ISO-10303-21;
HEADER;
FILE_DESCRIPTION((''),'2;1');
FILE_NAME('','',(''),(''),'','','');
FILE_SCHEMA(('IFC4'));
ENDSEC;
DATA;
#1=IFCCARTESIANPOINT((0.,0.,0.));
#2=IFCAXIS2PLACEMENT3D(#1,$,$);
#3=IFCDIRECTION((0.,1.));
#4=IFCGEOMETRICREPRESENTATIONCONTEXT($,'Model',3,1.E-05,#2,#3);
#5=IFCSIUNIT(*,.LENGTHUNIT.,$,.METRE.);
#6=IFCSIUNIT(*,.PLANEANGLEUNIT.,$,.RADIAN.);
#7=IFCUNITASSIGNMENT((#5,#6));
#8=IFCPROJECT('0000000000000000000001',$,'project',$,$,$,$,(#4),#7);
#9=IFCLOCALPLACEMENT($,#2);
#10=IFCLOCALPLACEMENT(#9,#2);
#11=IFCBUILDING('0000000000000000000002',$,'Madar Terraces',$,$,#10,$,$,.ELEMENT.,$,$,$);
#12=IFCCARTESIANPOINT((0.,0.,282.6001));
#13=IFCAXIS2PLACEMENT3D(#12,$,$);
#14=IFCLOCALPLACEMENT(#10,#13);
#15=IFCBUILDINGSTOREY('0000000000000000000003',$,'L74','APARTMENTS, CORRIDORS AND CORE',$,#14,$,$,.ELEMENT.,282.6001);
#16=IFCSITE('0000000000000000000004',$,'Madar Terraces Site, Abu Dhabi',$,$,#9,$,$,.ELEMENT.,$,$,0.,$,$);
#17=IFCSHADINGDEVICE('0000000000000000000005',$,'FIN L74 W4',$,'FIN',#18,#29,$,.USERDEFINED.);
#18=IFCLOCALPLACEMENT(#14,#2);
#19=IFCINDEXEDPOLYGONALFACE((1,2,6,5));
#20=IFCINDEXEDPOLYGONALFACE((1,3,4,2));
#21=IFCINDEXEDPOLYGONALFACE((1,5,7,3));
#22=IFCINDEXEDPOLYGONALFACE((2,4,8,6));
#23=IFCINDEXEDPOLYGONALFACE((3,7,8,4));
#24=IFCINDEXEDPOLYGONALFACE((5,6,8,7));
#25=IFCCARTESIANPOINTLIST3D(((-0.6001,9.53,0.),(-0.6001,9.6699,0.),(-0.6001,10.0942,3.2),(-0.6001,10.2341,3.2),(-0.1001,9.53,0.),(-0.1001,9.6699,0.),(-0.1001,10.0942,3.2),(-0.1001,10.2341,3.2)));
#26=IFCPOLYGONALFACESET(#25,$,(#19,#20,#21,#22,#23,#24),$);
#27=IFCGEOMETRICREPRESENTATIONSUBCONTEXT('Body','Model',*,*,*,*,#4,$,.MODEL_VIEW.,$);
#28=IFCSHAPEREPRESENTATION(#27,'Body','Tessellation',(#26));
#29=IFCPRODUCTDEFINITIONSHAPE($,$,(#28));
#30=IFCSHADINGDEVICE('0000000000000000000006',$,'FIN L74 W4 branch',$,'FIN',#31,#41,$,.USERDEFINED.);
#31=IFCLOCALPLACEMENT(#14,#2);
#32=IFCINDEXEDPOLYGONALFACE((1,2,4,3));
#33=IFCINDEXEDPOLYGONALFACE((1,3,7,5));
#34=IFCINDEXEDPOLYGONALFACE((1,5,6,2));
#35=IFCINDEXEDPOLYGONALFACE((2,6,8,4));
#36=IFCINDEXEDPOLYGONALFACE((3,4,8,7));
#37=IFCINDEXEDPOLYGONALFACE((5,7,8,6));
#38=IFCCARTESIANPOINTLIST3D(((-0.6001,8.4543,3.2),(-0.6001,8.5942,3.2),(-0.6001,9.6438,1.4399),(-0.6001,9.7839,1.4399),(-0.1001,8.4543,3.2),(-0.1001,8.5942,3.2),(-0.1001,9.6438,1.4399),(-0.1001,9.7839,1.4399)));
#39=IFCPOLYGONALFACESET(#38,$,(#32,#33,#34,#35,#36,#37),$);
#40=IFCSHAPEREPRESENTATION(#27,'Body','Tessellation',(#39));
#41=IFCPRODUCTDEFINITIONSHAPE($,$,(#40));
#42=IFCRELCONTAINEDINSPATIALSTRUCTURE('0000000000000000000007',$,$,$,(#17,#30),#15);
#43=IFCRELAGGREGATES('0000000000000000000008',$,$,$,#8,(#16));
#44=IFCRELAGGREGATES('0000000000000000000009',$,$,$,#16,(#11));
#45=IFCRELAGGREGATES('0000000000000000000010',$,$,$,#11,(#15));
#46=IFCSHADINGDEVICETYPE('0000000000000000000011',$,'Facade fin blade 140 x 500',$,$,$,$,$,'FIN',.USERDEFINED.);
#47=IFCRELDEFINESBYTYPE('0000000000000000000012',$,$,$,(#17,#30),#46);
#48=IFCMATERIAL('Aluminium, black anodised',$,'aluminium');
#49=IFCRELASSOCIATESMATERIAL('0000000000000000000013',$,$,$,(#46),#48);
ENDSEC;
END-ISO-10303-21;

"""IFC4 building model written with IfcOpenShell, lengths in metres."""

from ifc_helpers import new_model, si_unit, direction, frame, origin, place, context, subcontext, project, spatial, polyline, outline, extrude, material, type_object, element, save


model = new_model("IFC4")

# Units and contexts
model_context = context("Model", 3, precision=1e-05, world=origin(), true_north=direction((0.0, 1.0)))
body_context = subcontext(model_context, "Body", "Model", "MODEL_VIEW")
ifc_project = project(units=[si_unit("LENGTHUNIT", "METRE"), si_unit("PLANEANGLEUNIT", "RADIAN")], contexts=[model_context])

# Site, building, storey
site_placement = place(None, origin())
site = spatial("IfcSite", under=ifc_project, at=site_placement, Name="Madar Terraces Site, Abu Dhabi", CompositionType="ELEMENT", RefElevation=0.0)
building_placement = place(site_placement, origin())
building = spatial("IfcBuilding", under=site, at=building_placement, Name="Madar Terraces", CompositionType="ELEMENT")
storey_placement = place(building_placement, frame((0.0, 0.0, 282.6001)))
storey = spatial("IfcBuildingStorey", under=building, at=storey_placement, Name="L74", Description="APARTMENTS, CORRIDORS AND CORE", CompositionType="ELEMENT", Elevation=282.6001)

# Shading devices
ifc_material_1 = material(Name="Aluminium, black anodised", Category="aluminium")
shading_device_type = type_object("IfcShadingDeviceType", Name="Facade fin blade 140 x 500", ElementType="FIN", PredefinedType="USERDEFINED", material=ifc_material_1)
shading_device_1_placement = place(storey_placement, frame((-0.3501, 9.6699, 0.0), z_axis=(0.0, 0.0, 1.0), x_axis=(0.0, -1.0, 0.0)))
element("IfcShadingDevice", 1, at=shading_device_1_placement, inside=storey, type_object=shading_device_type, Name="FIN L74 W4", ObjectType="FIN", PredefinedType="USERDEFINED", context=body_context, shape_type="SweptSolid", body=[
    extrude(outline(polyline([(0.0, 0.0), (0.1399, 0.0), (-0.4243, 3.2), (-0.5642, 3.2), (0.0, 0.0)])), frame((0.0, 0.25, 0.0), z_axis=(0.0, -1.0, 0.0), x_axis=(1.0, 0.0, 0.0)), (0.0, 0.0, 1.0), 0.5),
])
shading_device_2_placement = place(storey_placement, frame((-0.3501, 9.7839, 1.4399), z_axis=(0.0, 0.0, 1.0), x_axis=(0.0, -1.0, 0.0)))
element("IfcShadingDevice", 2, at=shading_device_2_placement, inside=storey, type_object=shading_device_type, Name="FIN L74 W4 branch", ObjectType="FIN", PredefinedType="USERDEFINED", context=body_context, shape_type="SweptSolid", body=[
    extrude(outline(polyline([(0.0, 0.0), (0.1401, 0.0), (1.3296, 1.76), (1.1897, 1.76), (0.0, 0.0)])), frame((0.0, 0.25, 0.0), z_axis=(0.0, -1.0, 0.0), x_axis=(1.0, 0.0, 0.0)), (0.0, 0.0, 1.0), 0.5),
])

save(model, "model.ifc")
